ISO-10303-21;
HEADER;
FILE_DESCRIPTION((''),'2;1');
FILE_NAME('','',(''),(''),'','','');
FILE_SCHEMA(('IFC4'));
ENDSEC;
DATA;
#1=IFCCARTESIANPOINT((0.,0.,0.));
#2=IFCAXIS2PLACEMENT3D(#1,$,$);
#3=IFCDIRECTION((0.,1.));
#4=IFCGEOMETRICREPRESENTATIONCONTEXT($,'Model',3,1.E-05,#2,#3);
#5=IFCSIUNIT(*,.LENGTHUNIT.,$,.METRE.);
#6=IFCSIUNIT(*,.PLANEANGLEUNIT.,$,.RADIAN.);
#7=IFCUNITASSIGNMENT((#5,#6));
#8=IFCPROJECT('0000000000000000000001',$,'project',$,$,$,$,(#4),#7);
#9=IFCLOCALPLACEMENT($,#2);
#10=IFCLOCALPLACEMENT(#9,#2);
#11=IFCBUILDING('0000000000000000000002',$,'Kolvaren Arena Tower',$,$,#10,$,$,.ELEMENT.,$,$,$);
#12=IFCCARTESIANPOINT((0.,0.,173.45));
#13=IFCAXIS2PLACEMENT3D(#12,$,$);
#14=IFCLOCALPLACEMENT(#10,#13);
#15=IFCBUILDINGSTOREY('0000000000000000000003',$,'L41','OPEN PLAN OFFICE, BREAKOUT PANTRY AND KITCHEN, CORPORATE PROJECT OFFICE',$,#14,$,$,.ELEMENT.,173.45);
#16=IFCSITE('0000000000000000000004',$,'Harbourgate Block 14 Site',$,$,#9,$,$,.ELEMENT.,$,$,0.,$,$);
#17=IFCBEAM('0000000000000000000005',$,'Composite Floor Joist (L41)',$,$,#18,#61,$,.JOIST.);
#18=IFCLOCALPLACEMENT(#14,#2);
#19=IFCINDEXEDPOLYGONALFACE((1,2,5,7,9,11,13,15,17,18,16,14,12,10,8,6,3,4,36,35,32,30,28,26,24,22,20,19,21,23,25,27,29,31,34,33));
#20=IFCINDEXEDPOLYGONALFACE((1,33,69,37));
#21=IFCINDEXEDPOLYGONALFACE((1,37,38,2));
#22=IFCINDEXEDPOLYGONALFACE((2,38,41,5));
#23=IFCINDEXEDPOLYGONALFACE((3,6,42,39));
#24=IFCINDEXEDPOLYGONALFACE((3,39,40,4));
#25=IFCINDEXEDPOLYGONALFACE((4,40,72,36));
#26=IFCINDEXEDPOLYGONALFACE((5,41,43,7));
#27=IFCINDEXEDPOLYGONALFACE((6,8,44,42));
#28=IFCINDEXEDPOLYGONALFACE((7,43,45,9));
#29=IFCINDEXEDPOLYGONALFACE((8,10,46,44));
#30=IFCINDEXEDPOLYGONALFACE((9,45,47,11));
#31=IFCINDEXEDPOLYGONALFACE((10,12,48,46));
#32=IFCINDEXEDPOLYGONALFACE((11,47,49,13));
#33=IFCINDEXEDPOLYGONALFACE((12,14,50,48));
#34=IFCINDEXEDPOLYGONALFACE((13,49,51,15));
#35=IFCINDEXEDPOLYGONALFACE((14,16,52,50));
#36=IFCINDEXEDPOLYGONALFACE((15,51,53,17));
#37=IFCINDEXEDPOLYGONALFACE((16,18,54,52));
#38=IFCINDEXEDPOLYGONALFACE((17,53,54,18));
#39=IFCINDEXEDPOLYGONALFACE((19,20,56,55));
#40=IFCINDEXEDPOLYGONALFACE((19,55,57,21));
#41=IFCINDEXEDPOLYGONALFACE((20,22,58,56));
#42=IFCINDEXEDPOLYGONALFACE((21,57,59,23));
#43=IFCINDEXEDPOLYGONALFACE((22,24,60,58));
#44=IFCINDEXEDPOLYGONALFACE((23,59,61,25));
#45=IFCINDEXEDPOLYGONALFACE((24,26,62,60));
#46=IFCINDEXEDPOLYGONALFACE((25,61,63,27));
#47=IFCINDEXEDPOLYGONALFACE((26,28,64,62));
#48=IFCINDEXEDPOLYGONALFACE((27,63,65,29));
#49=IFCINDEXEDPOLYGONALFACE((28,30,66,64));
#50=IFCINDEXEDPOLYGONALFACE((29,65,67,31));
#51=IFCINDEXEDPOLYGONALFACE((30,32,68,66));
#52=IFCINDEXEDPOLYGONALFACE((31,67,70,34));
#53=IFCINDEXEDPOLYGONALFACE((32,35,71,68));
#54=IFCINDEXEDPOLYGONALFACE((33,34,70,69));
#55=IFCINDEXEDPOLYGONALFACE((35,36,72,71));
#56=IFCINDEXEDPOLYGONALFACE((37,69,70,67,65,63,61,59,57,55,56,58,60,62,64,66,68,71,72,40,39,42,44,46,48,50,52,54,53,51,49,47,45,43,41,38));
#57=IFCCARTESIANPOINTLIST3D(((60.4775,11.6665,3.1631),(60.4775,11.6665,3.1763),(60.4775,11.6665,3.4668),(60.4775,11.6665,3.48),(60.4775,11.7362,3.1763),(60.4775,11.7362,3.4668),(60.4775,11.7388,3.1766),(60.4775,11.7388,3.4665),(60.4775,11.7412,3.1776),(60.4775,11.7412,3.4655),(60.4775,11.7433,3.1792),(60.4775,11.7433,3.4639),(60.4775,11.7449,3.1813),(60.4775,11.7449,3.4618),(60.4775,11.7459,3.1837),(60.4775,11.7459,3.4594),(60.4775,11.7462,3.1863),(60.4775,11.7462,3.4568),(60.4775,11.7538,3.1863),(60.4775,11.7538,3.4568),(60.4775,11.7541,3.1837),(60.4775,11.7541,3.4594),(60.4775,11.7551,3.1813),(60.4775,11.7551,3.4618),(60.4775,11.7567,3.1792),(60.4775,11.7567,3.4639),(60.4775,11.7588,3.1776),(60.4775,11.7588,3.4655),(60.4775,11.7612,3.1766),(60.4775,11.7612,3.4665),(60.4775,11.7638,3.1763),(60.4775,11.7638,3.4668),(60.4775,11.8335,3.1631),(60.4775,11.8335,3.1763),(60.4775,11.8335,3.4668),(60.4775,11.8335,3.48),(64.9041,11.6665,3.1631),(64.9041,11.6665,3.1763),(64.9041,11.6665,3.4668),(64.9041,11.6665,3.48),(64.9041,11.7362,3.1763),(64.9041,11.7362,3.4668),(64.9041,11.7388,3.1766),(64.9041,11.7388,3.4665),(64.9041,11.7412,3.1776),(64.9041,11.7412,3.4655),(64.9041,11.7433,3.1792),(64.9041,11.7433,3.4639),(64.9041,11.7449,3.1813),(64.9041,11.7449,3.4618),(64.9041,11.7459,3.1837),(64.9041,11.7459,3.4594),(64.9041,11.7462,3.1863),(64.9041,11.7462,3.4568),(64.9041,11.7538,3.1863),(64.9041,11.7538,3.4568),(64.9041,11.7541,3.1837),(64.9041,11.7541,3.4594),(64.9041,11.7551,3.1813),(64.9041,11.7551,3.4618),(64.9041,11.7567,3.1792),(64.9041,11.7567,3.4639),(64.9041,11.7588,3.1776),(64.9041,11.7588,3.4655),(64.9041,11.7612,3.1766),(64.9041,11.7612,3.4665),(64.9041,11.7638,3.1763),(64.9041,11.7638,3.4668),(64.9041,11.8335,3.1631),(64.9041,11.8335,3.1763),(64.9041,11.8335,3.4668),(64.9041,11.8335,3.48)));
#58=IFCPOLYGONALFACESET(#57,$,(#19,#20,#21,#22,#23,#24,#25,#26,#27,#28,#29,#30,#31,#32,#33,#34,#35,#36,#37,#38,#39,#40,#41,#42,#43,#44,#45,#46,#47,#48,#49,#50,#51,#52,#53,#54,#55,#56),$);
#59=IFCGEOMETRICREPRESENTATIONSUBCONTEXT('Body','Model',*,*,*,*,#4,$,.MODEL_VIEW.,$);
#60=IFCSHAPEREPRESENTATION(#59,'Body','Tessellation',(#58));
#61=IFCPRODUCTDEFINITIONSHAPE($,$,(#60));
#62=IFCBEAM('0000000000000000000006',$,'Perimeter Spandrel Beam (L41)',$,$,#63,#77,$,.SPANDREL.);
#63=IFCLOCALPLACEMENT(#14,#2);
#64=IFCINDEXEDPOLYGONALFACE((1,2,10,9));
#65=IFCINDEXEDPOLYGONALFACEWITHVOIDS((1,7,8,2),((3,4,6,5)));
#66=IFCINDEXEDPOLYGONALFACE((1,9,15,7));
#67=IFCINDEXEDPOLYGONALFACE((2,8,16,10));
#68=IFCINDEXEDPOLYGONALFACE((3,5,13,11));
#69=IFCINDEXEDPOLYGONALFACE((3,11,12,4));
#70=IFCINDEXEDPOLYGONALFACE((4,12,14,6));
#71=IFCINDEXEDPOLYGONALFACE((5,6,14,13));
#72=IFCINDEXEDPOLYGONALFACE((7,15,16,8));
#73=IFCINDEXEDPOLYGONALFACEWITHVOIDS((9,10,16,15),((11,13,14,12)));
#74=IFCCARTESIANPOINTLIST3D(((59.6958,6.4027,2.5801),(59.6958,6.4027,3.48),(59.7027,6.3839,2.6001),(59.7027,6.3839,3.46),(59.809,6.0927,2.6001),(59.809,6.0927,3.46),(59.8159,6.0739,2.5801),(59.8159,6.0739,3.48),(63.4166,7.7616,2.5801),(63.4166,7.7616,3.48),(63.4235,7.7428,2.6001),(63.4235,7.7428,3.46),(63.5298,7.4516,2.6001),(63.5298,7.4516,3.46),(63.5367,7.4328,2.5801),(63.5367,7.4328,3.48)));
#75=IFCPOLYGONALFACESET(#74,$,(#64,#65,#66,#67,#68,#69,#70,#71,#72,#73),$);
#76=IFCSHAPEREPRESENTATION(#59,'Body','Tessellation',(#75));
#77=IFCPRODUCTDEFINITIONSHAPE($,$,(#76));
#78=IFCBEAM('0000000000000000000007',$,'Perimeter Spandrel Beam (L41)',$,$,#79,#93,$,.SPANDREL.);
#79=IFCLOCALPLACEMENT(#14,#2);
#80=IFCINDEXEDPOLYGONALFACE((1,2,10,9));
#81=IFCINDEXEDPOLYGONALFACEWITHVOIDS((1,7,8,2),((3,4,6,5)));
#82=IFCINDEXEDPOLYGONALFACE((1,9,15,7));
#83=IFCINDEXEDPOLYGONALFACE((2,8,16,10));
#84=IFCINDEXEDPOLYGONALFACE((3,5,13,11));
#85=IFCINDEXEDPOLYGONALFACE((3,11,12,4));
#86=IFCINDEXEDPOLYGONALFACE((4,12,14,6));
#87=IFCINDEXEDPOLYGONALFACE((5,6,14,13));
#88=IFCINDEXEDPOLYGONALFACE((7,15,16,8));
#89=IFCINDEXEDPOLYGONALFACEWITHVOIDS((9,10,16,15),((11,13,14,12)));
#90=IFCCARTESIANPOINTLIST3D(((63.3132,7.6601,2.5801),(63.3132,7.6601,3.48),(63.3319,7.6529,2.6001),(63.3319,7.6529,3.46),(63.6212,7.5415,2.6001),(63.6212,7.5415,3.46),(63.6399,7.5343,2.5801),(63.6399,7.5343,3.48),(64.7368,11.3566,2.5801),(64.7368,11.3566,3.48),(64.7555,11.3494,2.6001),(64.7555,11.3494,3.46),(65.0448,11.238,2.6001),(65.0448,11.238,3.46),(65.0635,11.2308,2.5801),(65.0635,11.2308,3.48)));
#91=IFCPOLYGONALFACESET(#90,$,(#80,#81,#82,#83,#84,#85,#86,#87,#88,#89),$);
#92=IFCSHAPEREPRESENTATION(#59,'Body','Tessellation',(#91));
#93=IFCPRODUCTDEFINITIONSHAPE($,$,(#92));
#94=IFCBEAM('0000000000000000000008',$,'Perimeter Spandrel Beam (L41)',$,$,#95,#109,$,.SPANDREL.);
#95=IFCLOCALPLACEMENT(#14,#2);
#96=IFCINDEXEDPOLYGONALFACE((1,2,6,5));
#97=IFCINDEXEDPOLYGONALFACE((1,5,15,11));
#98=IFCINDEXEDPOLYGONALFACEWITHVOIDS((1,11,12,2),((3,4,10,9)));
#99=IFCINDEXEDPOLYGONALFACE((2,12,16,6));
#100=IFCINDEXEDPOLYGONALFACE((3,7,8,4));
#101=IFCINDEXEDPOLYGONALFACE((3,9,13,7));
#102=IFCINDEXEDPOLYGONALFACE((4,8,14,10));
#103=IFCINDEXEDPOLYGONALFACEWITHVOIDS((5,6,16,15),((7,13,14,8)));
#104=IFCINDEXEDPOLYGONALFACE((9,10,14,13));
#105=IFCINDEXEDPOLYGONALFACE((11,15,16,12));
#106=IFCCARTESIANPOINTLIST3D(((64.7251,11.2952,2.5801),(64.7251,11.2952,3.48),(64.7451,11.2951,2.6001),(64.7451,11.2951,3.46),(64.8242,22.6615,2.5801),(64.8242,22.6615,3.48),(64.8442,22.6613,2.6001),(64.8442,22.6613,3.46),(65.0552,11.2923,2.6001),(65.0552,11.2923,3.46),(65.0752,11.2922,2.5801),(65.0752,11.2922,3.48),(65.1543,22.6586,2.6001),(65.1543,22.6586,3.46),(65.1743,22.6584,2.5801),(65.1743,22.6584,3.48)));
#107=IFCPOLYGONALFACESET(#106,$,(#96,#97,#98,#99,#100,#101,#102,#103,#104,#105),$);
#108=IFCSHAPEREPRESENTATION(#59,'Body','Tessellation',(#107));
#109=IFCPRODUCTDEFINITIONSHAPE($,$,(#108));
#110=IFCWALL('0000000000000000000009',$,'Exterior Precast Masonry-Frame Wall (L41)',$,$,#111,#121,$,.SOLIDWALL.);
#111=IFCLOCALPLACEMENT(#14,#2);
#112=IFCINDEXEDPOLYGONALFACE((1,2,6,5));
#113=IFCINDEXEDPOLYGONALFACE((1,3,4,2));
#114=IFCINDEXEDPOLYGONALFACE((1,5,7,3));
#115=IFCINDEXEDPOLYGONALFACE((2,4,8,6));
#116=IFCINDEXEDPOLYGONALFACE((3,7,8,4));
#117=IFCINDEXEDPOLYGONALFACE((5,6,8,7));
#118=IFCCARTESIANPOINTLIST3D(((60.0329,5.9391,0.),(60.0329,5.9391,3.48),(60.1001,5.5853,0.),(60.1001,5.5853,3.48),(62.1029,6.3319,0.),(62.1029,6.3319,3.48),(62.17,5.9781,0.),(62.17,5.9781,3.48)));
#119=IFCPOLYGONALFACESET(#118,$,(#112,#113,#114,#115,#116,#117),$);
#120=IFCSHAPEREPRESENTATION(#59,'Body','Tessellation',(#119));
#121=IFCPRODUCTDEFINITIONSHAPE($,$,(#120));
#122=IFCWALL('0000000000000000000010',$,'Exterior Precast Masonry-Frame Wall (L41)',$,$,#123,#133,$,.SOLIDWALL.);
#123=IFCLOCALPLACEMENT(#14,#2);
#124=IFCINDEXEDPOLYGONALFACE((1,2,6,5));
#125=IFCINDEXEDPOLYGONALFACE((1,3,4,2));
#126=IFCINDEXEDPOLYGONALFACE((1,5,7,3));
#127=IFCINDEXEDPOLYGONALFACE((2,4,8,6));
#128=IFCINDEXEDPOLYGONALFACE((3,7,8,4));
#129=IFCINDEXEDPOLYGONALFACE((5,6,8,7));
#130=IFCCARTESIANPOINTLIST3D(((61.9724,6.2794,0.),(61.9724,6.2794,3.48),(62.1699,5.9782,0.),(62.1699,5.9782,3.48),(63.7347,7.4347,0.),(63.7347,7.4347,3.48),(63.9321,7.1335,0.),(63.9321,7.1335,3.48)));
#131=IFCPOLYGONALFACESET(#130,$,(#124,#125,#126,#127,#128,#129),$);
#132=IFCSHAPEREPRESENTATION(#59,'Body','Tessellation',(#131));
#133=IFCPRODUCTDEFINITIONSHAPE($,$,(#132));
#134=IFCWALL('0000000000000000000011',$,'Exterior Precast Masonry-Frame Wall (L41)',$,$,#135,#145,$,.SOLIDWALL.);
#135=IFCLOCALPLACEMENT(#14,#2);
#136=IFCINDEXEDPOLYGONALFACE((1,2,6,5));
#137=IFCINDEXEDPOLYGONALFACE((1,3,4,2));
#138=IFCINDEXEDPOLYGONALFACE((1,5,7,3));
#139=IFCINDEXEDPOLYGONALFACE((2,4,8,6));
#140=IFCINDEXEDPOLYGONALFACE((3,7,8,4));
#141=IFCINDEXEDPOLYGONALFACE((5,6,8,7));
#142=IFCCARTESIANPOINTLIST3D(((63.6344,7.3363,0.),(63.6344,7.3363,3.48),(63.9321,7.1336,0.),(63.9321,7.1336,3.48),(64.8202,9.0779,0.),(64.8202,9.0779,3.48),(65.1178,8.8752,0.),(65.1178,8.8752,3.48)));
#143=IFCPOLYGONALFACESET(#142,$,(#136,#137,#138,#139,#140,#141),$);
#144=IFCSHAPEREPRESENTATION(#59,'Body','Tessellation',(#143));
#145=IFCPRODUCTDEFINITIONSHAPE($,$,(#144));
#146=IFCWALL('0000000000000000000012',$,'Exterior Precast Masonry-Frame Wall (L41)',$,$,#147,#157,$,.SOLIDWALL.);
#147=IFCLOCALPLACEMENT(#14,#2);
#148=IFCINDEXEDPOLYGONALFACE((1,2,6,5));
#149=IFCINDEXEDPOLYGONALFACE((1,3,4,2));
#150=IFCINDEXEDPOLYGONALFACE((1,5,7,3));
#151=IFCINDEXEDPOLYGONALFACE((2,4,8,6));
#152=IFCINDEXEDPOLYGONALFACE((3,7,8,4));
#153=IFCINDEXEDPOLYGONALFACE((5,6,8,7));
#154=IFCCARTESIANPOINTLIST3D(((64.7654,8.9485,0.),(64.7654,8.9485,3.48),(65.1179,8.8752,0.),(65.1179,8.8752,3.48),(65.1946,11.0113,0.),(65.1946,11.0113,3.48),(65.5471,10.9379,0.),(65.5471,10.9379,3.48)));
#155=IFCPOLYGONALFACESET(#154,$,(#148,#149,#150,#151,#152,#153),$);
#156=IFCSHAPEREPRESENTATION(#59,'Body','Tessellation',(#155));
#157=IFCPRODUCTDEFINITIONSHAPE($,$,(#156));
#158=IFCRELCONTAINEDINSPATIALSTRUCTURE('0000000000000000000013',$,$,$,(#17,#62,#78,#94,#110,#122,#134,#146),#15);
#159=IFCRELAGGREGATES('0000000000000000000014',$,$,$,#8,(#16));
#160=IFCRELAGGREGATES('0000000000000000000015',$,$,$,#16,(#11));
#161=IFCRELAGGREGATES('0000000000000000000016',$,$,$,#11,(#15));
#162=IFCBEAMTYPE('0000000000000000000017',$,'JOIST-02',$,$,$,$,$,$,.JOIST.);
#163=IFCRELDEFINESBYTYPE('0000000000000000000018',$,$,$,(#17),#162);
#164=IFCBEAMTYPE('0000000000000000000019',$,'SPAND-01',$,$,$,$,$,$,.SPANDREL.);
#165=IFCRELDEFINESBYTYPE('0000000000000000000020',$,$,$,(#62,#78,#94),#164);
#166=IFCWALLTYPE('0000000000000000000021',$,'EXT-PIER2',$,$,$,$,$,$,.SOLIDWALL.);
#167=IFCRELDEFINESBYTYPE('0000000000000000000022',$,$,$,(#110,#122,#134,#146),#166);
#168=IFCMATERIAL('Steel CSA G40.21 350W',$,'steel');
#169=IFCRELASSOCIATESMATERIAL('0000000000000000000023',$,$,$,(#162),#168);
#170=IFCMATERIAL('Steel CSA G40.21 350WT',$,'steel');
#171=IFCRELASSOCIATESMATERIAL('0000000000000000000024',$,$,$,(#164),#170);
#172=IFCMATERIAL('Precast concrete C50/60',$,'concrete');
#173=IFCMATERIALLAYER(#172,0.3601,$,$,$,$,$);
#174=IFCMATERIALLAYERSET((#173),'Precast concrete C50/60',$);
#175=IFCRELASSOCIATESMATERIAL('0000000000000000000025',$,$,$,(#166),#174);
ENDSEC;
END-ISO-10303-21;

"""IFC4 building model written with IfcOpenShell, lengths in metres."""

from ifc_helpers import new_model, si_unit, direction, frame, frame_2d, origin, origin_2d, place, context, subcontext, project, spatial, rectangle, hollow_rectangle, i_section, extrude, material, layer, layer_set, material_profile, profile_set, type_object, element, save


model = new_model("IFC4")

# Units and contexts
model_context = context("Model", 3, precision=1e-05, world=origin(), true_north=direction((0.0, 1.0)))
body_context = subcontext(model_context, "Body", "Model", "MODEL_VIEW")
ifc_project = project(units=[si_unit("LENGTHUNIT", "METRE"), si_unit("PLANEANGLEUNIT", "RADIAN")], contexts=[model_context])

# Site, building, storey
site_placement = place(None, origin())
site = spatial("IfcSite", under=ifc_project, at=site_placement, Name="Harbourgate Block 14 Site", CompositionType="ELEMENT", RefElevation=0.0)
building_placement = place(site_placement, origin())
building = spatial("IfcBuilding", under=site, at=building_placement, Name="Kolvaren Arena Tower", CompositionType="ELEMENT")
storey_placement = place(building_placement, frame((0.0, 0.0, 173.45)))
storey = spatial("IfcBuildingStorey", under=building, at=storey_placement, Name="L41", Description="OPEN PLAN OFFICE, BREAKOUT PANTRY AND KITCHEN, CORPORATE PROJECT OFFICE", CompositionType="ELEMENT", Elevation=173.45)

# Beams
ifc_material_1 = material(Name="Steel CSA G40.21 350W", Category="steel")
ifc_material_profile_1 = material_profile(ifc_material_1, i_section(OverallWidth=0.167, OverallDepth=0.3169, WebThickness=0.0076, FlangeThickness=0.0132, FilletRadius=0.01, at=origin_2d()), Name="W310x52")
ifc_profile_set_1 = profile_set([ifc_material_profile_1], Name="Steel CSA G40.21 350W")
beam_type_1 = type_object("IfcBeamType", Name="JOIST-02", PredefinedType="JOIST", material=ifc_profile_set_1)
beam_1_placement = place(storey_placement, frame((60.4775, 11.75, 3.3215), z_axis=(1.0, 0.0, 0.0), x_axis=(0.0, 1.0, 0.0)))
element("IfcBeam", 1, at=beam_1_placement, inside=storey, type_object=beam_type_1, Name="Composite Floor Joist (L41)", PredefinedType="JOIST", context=body_context, shape_type="SweptSolid", body=[
    extrude(i_section(OverallWidth=0.167, OverallDepth=0.3169, WebThickness=0.0076, FlangeThickness=0.0132, FilletRadius=0.01, at=origin_2d()), origin(), (0.0, 0.0, 1.0), 4.4265),
])
ifc_material_2 = material(Name="Steel CSA G40.21 350WT", Category="steel")
ifc_material_profile_2 = material_profile(ifc_material_2, hollow_rectangle(XDim=0.3501, YDim=0.8999, WallThickness=0.02, at=origin_2d()), Name="HSS 900x350x20")
ifc_profile_set_2 = profile_set([ifc_material_profile_2], Name="Steel CSA G40.21 350WT")
beam_type_2 = type_object("IfcBeamType", Name="SPAND-01", PredefinedType="SPANDREL", material=ifc_profile_set_2)
for number, where, z_axis, x_axis, name in (
    (2, (59.7559, 6.2383, 3.03), (0.939314, 0.343059, 0.0), (-0.343059, 0.939314, 0.0), "Perimeter Spandrel Beam (L41)"),
    (3, (63.4766, 7.5972, 3.03), (0.359384, 0.93319, 0.0), (-0.93319, 0.359384, 0.0), "Perimeter Spandrel Beam (L41)"),
):
    element("IfcBeam", number, at=place(storey_placement, frame(where, z_axis=z_axis, x_axis=x_axis)), inside=storey, type_object=beam_type_2, Name=name, PredefinedType="SPANDREL", context=body_context, shape_type="SweptSolid", body=[
        extrude(hollow_rectangle(XDim=0.3501, YDim=0.8999, WallThickness=0.02, at=origin_2d()), origin(), (0.0, 0.0, 1.0), 3.9612),
    ])
beam_2_placement = place(storey_placement, frame((64.9001, 11.2937, 3.03), z_axis=(0.00872, 0.999962, 0.0), x_axis=(-0.999962, 0.00872, 0.0)))
element("IfcBeam", 4, at=beam_2_placement, inside=storey, type_object=beam_type_2, Name="Perimeter Spandrel Beam (L41)", PredefinedType="SPANDREL", context=body_context, shape_type="SweptSolid", body=[
    extrude(hollow_rectangle(XDim=0.3501, YDim=0.8999, WallThickness=0.02, at=origin_2d()), origin(), (0.0, 0.0, 1.0), 11.3667),
])

# Walls
ifc_material_3 = material(Name="Precast concrete C50/60", Category="concrete")
ifc_layer_1 = layer(ifc_material_3, 0.3601)
ifc_layer_set_1 = layer_set([ifc_layer_1], Name="Precast concrete C50/60")
wall_type_1 = type_object("IfcWallType", Name="EXT-PIER2", PredefinedType="SOLIDWALL", material=ifc_layer_set_1)
wall_1_placement = place(storey_placement, frame((62.1365, 6.155, 0.0), z_axis=(0.0, 0.0, 1.0), x_axis=(-0.982467, -0.186436, 0.0)))
element("IfcWall", 5, at=wall_1_placement, inside=storey, type_object=wall_type_1, Name="Exterior Precast Masonry-Frame Wall (L41)", PredefinedType="SOLIDWALL", context=body_context, shape_type="SweptSolid", body=[
    extrude(rectangle(XDim=2.1069, YDim=0.3601, at=frame_2d((1.0535, 0.0))), origin(), (0.0, 0.0, 1.0), 3.48),
])
wall_2_placement = place(storey_placement, frame((63.8335, 7.2842, 0.0), z_axis=(0.0, 0.0, 1.0), x_axis=(-0.836304, -0.548267, 0.0)))
element("IfcWall", 6, at=wall_2_placement, inside=storey, type_object=wall_type_1, Name="Exterior Precast Masonry-Frame Wall (L41)", PredefinedType="SOLIDWALL", context=body_context, shape_type="SweptSolid", body=[
    extrude(rectangle(XDim=2.1072, YDim=0.3601, at=frame_2d((1.0537, 0.0))), origin(), (0.0, 0.0, 1.0), 3.48),
])
for number, where, z_axis, x_axis, name in (
    (7, (64.969, 8.9766, 0.0), (0.0, 0.0, 1.0), (-0.562776, -0.82661, 0.0), "Exterior Precast Masonry-Frame Wall (L41)"),
    (8, (65.3708, 10.9746, 0.0), (0.0, 0.0, 1.0), (-0.203709, -0.979031, 0.0), "Exterior Precast Masonry-Frame Wall (L41)"),
):
    element("IfcWall", number, at=place(storey_placement, frame(where, z_axis=z_axis, x_axis=x_axis)), inside=storey, type_object=wall_type_1, Name=name, PredefinedType="SOLIDWALL", context=body_context, shape_type="SweptSolid", body=[
        extrude(rectangle(XDim=2.1069, YDim=0.3601, at=frame_2d((1.0535, 0.0))), origin(), (0.0, 0.0, 1.0), 3.48),
    ])

save(model, "model.ifc")
